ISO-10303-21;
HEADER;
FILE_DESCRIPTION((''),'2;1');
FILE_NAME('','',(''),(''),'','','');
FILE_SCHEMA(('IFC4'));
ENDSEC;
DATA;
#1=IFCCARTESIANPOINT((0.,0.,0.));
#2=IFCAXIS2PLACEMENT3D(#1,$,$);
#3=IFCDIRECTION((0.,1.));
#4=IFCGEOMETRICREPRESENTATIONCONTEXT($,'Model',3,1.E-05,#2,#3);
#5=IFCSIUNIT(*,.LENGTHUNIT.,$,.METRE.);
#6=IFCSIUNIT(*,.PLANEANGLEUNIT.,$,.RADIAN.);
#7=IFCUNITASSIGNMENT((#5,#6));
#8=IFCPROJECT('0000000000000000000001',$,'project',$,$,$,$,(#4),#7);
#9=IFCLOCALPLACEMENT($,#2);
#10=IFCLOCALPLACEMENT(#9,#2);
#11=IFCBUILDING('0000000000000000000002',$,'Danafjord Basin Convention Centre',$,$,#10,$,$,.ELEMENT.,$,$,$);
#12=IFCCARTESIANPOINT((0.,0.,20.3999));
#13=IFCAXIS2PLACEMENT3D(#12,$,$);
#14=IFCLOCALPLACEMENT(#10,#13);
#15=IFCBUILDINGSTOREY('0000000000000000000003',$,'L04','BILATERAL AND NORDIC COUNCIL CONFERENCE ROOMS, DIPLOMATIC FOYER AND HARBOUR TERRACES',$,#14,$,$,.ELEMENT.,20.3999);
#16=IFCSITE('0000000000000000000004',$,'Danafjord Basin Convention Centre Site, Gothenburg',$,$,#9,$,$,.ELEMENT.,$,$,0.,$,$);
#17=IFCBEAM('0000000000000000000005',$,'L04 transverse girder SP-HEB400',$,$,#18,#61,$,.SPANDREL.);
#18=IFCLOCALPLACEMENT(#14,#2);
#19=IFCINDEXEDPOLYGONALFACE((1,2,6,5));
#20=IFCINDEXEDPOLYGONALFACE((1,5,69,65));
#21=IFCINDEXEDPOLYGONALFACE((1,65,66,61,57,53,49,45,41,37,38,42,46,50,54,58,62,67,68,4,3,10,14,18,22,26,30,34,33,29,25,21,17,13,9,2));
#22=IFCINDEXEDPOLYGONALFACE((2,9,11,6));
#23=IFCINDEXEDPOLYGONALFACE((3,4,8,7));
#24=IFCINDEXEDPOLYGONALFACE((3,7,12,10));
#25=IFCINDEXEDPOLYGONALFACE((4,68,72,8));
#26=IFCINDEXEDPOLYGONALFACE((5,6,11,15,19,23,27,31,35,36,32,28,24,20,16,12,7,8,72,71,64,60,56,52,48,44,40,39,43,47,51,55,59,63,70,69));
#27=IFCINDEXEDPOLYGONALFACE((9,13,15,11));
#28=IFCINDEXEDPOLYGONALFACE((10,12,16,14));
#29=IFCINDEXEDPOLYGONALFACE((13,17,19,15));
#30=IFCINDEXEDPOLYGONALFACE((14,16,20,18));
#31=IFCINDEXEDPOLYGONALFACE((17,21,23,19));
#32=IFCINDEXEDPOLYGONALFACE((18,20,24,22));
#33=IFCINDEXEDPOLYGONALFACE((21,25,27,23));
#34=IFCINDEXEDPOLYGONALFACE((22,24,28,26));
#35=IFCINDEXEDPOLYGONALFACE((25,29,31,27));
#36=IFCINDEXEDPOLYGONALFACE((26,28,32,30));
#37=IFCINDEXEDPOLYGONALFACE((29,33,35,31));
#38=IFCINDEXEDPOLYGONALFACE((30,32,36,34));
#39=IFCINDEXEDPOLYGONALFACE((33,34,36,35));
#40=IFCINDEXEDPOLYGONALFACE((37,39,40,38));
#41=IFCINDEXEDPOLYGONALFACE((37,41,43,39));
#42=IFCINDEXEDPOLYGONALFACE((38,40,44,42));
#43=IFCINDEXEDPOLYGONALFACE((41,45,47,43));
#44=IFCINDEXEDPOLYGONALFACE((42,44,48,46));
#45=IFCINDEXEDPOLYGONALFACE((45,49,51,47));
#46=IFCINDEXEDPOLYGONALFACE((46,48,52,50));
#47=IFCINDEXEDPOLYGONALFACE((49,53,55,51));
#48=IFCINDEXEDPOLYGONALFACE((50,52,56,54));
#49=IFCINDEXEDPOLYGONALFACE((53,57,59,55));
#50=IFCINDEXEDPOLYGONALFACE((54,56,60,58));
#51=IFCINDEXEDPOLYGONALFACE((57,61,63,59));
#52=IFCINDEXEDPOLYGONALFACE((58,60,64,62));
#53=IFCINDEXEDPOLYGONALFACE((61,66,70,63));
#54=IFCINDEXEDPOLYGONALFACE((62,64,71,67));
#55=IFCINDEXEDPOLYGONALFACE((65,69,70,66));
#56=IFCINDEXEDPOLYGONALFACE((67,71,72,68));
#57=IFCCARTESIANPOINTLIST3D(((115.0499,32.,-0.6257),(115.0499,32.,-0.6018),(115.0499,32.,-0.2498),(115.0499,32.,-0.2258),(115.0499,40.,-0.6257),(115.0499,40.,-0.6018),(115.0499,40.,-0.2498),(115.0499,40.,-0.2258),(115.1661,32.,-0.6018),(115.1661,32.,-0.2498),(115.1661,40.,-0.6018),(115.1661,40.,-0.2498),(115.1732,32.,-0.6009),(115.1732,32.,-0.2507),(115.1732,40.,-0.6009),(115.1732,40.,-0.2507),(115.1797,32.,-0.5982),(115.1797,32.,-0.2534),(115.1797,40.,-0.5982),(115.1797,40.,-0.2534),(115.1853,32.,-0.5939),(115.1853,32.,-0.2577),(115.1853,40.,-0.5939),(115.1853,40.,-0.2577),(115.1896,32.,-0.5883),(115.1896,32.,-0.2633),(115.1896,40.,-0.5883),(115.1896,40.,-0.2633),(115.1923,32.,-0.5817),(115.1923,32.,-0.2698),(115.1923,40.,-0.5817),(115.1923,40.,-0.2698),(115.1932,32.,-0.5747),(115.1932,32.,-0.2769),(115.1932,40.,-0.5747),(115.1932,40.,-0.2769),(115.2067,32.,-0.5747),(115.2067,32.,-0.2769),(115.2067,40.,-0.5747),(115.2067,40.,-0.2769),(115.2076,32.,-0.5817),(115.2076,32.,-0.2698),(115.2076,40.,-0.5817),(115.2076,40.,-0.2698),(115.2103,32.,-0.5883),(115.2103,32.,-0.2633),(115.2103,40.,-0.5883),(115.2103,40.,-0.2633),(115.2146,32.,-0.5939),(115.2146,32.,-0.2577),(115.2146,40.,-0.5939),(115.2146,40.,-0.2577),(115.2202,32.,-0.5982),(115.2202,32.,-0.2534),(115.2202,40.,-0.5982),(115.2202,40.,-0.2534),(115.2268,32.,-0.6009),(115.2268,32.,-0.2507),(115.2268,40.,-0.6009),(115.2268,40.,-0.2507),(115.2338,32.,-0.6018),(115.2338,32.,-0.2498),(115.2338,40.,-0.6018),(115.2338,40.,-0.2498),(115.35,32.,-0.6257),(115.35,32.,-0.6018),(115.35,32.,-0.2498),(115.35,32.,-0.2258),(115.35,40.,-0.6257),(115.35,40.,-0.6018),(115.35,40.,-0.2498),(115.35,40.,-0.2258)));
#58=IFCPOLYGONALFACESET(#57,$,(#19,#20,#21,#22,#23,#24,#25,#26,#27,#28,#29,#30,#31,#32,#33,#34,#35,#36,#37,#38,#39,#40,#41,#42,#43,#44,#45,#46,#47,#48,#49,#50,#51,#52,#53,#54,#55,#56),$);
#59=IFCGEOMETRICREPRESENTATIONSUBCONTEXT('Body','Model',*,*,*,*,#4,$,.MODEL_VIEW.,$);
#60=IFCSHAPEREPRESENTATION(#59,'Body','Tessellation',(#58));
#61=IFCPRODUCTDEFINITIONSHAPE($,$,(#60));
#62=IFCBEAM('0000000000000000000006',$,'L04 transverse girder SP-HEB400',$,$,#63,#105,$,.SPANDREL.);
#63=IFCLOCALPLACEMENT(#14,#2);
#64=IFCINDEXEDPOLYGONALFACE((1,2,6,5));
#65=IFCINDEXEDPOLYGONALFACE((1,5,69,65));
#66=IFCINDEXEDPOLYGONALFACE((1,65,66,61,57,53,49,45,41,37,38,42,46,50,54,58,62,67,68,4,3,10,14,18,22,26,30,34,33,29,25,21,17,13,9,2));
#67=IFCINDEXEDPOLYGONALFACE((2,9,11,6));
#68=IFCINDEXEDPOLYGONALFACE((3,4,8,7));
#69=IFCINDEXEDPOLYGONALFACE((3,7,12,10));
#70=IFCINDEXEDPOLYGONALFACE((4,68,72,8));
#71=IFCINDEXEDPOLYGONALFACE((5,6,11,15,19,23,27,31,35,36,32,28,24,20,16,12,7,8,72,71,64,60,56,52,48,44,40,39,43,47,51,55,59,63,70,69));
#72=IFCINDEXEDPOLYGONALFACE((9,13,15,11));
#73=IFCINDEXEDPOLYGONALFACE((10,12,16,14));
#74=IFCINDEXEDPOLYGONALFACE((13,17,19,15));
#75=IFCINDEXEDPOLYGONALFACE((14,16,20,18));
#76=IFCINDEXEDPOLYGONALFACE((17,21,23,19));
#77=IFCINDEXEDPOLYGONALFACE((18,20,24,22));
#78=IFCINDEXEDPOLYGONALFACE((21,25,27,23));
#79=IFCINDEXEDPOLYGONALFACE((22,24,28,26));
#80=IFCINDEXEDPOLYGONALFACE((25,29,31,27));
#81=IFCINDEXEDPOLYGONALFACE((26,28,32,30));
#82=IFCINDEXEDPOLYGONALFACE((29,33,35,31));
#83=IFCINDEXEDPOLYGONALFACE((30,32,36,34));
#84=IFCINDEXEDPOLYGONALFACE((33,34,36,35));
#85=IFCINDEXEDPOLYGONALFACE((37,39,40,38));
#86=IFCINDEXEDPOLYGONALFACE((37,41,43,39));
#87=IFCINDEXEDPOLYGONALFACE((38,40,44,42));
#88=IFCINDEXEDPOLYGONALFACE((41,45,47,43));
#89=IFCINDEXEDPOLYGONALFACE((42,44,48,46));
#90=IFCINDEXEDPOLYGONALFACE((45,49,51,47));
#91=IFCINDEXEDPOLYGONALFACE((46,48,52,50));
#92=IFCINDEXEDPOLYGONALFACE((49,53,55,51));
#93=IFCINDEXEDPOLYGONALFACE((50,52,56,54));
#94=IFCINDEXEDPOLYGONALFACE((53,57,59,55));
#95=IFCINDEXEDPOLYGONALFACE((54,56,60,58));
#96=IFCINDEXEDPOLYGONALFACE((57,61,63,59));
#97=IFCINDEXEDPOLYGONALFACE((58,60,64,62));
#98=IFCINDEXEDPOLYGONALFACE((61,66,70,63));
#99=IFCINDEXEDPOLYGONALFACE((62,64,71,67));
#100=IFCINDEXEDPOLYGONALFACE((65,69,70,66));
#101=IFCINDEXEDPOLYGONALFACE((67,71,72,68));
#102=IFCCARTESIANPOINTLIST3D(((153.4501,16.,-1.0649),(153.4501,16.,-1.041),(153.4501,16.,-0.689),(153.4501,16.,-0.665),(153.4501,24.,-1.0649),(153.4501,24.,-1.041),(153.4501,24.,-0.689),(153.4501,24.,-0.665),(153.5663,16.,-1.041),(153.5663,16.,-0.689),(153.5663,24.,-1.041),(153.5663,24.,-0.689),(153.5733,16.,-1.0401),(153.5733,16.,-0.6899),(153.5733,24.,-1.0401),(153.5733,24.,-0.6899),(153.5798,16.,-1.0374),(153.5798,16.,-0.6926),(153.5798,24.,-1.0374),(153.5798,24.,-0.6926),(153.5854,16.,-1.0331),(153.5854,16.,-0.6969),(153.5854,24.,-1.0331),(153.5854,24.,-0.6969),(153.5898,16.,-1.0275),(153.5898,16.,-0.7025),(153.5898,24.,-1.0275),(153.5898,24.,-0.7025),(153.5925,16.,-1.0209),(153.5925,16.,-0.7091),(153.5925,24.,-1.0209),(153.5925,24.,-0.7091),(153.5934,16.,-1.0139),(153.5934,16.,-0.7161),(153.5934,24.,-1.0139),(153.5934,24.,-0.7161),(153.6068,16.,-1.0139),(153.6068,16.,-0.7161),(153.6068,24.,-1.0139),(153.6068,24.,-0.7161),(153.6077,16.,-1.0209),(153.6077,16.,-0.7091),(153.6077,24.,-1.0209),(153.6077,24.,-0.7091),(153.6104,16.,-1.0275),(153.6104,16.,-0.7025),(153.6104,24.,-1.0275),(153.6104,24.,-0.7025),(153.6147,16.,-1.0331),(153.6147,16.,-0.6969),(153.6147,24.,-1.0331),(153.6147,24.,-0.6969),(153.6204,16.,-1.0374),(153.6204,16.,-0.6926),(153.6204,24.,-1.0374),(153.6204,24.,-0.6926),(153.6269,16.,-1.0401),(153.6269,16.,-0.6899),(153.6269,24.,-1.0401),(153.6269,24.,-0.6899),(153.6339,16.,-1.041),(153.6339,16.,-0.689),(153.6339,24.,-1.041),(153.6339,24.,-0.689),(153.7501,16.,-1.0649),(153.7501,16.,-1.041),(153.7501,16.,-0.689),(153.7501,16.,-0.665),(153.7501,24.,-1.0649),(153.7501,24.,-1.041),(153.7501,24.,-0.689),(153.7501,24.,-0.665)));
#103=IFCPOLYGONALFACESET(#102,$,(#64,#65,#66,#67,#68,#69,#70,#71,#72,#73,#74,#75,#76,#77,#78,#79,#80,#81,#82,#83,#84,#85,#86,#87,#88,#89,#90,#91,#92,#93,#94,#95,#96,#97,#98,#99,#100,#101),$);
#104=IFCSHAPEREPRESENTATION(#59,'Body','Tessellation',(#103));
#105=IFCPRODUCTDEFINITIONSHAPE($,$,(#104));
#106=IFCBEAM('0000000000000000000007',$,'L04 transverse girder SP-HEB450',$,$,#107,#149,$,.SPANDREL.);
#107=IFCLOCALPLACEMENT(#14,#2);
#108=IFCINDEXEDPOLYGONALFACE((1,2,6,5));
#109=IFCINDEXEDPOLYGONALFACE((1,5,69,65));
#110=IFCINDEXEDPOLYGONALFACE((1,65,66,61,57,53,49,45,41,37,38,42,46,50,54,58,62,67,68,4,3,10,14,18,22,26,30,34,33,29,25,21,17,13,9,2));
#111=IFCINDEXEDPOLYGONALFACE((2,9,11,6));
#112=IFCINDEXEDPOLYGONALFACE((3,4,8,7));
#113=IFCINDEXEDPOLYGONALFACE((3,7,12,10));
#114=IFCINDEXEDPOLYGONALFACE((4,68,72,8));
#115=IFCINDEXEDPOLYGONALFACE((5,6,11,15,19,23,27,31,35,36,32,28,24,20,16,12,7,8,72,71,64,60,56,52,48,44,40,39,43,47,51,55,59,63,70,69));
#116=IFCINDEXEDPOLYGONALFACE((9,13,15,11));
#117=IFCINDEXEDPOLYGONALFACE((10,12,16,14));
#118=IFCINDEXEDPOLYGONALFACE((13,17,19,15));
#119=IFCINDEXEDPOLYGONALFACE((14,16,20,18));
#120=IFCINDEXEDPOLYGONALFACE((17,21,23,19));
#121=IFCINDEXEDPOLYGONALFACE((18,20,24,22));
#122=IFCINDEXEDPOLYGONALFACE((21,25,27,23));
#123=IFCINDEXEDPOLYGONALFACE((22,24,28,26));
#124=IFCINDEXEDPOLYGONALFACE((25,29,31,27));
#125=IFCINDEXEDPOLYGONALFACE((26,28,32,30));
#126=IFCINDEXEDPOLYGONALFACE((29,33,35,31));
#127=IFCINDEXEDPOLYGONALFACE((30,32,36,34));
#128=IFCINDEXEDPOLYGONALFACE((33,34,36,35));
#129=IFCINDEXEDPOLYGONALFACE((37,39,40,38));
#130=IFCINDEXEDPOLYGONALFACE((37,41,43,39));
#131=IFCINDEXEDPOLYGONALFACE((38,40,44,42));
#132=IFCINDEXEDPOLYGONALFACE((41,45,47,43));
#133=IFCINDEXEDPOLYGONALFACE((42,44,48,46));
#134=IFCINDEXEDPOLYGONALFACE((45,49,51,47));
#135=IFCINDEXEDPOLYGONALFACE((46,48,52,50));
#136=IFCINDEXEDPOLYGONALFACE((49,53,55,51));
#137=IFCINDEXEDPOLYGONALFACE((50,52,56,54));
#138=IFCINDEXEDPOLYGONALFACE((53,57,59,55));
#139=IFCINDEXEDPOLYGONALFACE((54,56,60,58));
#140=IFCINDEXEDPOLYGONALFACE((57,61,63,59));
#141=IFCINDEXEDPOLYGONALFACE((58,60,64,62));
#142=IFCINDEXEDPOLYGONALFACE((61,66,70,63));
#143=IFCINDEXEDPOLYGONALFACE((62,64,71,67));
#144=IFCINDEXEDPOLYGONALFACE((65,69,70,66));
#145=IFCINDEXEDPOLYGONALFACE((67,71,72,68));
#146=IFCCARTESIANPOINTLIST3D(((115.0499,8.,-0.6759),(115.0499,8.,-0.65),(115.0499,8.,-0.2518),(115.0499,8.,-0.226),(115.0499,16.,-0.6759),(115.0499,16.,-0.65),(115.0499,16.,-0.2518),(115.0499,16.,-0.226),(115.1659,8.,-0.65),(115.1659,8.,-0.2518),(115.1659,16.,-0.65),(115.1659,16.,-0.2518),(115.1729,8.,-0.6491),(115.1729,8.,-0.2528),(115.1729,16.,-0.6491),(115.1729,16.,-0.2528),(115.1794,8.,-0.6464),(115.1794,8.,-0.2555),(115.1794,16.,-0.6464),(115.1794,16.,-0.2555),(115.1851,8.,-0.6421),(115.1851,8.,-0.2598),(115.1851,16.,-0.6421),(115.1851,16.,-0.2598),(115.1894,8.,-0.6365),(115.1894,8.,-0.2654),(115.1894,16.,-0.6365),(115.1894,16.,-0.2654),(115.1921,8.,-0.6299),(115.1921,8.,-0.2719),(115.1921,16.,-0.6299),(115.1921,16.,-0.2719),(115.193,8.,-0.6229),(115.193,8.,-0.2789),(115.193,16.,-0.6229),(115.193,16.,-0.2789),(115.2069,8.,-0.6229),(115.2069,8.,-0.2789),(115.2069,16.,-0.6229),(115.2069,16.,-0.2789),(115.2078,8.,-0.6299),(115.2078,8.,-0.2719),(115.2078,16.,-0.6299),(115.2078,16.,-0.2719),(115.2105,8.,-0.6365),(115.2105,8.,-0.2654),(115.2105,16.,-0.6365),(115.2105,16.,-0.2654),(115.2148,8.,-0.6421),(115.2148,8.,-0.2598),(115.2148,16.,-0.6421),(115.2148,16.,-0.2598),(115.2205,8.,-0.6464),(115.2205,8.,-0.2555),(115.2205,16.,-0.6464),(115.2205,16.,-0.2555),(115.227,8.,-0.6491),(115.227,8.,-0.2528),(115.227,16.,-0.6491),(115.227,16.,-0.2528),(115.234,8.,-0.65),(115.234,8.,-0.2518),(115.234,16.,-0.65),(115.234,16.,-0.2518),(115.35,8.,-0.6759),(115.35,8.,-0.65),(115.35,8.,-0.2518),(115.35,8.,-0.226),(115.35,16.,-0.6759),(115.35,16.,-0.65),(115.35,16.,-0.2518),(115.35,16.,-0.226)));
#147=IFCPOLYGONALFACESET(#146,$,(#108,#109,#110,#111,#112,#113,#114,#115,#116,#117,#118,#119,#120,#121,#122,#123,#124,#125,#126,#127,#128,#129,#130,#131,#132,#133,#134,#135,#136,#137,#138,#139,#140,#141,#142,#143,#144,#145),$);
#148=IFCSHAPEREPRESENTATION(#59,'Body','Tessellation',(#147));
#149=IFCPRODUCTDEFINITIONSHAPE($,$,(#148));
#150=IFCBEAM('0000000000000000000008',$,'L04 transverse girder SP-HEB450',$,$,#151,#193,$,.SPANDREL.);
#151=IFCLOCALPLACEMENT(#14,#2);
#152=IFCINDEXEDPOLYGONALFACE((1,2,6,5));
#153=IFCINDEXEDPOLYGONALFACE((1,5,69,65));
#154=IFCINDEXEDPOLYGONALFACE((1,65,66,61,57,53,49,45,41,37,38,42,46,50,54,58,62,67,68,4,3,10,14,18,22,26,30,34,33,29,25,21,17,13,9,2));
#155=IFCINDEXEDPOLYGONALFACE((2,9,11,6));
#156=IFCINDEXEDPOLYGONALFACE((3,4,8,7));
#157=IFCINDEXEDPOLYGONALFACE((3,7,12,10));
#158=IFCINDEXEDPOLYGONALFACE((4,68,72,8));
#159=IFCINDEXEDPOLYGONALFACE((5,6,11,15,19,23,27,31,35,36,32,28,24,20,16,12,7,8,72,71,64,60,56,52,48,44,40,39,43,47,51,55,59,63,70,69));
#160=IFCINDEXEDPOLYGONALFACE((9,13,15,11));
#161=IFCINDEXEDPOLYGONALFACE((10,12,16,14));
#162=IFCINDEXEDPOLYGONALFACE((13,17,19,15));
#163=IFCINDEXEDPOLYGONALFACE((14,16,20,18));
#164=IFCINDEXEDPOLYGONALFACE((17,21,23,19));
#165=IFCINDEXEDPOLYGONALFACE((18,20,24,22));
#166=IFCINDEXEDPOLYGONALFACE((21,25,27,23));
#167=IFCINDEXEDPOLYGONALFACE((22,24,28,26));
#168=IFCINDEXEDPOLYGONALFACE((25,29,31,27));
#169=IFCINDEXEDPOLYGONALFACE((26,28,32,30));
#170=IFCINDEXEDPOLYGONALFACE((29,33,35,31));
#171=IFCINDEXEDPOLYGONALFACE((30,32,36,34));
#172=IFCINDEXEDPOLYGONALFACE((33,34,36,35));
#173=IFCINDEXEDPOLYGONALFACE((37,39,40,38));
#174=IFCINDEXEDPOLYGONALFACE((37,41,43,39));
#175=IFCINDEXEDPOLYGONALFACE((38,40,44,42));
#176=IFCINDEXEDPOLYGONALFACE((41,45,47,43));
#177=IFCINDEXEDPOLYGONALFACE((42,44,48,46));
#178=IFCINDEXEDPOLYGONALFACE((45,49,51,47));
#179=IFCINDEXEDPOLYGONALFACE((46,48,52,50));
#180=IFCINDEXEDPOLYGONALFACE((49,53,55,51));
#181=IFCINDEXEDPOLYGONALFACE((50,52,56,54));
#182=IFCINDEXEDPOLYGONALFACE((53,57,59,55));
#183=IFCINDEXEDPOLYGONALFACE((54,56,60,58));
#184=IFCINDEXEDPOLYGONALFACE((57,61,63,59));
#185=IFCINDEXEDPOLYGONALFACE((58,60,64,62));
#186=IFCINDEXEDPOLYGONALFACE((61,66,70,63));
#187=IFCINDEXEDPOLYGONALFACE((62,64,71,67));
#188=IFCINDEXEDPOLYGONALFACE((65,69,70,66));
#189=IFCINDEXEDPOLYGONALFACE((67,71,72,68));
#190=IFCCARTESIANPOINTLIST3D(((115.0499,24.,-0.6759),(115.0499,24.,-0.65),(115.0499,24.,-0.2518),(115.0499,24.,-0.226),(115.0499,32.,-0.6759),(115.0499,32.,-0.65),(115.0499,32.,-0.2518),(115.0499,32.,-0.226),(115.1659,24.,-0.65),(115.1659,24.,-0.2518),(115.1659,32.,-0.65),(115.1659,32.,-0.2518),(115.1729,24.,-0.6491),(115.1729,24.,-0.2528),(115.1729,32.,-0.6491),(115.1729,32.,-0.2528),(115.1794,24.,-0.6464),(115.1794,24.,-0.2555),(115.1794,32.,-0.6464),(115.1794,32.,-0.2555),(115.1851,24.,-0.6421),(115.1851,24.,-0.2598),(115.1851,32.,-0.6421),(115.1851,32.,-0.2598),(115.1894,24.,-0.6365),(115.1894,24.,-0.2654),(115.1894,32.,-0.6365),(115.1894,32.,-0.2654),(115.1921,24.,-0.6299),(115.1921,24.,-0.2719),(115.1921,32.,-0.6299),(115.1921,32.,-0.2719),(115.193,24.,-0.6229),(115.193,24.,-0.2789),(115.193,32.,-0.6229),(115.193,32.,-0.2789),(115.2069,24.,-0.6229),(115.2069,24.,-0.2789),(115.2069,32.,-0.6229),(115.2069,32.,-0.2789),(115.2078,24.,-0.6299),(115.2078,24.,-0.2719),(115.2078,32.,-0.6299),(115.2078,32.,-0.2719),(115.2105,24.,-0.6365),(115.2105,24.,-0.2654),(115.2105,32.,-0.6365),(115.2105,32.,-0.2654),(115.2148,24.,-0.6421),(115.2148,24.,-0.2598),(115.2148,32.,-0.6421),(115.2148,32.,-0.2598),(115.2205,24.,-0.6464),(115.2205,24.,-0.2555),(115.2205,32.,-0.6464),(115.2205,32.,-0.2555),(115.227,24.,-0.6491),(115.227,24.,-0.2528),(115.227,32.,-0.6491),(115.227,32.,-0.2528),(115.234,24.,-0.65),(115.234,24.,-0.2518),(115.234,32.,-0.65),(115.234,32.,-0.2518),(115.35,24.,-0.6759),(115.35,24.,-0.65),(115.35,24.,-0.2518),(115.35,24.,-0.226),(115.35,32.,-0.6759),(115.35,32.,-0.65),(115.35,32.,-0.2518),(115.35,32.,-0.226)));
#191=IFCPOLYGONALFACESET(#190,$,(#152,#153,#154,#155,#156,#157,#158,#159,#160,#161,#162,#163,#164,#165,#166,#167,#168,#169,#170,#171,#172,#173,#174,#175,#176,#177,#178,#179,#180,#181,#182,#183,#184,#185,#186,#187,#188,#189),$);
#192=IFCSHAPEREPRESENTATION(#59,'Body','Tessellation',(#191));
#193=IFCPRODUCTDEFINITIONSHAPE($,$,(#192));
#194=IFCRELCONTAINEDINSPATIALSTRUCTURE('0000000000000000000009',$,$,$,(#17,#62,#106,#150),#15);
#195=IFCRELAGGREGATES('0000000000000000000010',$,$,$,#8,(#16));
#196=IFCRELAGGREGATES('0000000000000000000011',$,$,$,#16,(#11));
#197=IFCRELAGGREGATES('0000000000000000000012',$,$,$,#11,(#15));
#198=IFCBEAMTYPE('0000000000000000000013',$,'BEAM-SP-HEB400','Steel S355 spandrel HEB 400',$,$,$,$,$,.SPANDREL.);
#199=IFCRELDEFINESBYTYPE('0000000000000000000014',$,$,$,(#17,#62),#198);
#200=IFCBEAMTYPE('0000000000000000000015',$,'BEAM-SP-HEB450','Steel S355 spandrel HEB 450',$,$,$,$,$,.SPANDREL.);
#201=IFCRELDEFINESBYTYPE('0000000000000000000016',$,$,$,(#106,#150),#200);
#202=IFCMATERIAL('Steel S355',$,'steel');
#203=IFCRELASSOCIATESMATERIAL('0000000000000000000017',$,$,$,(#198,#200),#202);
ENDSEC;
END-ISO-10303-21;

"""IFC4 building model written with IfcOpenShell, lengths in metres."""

from ifc_helpers import new_model, si_unit, direction, frame, origin, origin_2d, place, context, subcontext, project, spatial, i_section, extrude, material, material_profile, profile_set, type_object, element, save


model = new_model("IFC4")

# Units and contexts
model_context = context("Model", 3, precision=1e-05, world=origin(), true_north=direction((0.0, 1.0)))
body_context = subcontext(model_context, "Body", "Model", "MODEL_VIEW")
ifc_project = project(units=[si_unit("LENGTHUNIT", "METRE"), si_unit("PLANEANGLEUNIT", "RADIAN")], contexts=[model_context])

# Site, building, storey
site_placement = place(None, origin())
site = spatial("IfcSite", under=ifc_project, at=site_placement, Name="Danafjord Basin Convention Centre Site, Gothenburg", CompositionType="ELEMENT", RefElevation=0.0)
building_placement = place(site_placement, origin())
building = spatial("IfcBuilding", under=site, at=building_placement, Name="Danafjord Basin Convention Centre", CompositionType="ELEMENT")
storey_placement = place(building_placement, frame((0.0, 0.0, 20.3999)))
storey = spatial("IfcBuildingStorey", under=building, at=storey_placement, Name="L04", Description="BILATERAL AND NORDIC COUNCIL CONFERENCE ROOMS, DIPLOMATIC FOYER AND HARBOUR TERRACES", CompositionType="ELEMENT", Elevation=20.3999)

# Beams
ifc_material_1 = material(Name="Steel S355", Category="steel")
ifc_material_profile_1 = material_profile(ifc_material_1, i_section(OverallWidth=0.3, OverallDepth=0.3999, WebThickness=0.0134, FlangeThickness=0.0239, FilletRadius=0.0271, at=origin_2d()), Name="HEB 400")
ifc_profile_set_1 = profile_set([ifc_material_profile_1], Name="Steel S355")
beam_type_1 = type_object("IfcBeamType", Name="BEAM-SP-HEB400", Description="Steel S355 spandrel HEB 400", PredefinedType="SPANDREL", material=ifc_profile_set_1)
for number, where, z_axis, x_axis, name in (
    (1, (115.2, 32.0, -0.4258), (0.0, 1.0, 0.0), (-1.0, 0.0, 0.0), "L04 transverse girder SP-HEB400"),
    (2, (153.6001, 16.0, -0.865), (0.0, 1.0, 0.0), (-1.0, 0.0, 0.0), "L04 transverse girder SP-HEB400"),
):
    element("IfcBeam", number, at=place(storey_placement, frame(where, z_axis=z_axis, x_axis=x_axis)), inside=storey, type_object=beam_type_1, Name=name, PredefinedType="SPANDREL", context=body_context, shape_type="SweptSolid", body=[
        extrude(i_section(OverallWidth=0.3, OverallDepth=0.3999, WebThickness=0.0134, FlangeThickness=0.0239, FilletRadius=0.0271, at=origin_2d()), origin(), (0.0, 0.0, 1.0), 8.0),
    ])
ifc_material_profile_2 = material_profile(ifc_material_1, i_section(OverallWidth=0.3, OverallDepth=0.45, WebThickness=0.0139, FlangeThickness=0.0259, FilletRadius=0.0271, at=origin_2d()), Name="HEB 450")
ifc_profile_set_2 = profile_set([ifc_material_profile_2], Name="Steel S355")
beam_type_2 = type_object("IfcBeamType", Name="BEAM-SP-HEB450", Description="Steel S355 spandrel HEB 450", PredefinedType="SPANDREL", material=ifc_profile_set_2)
for number, where, z_axis, x_axis, name in (
    (3, (115.2, 8.0, -0.4509), (0.0, 1.0, 0.0), (-1.0, 0.0, 0.0), "L04 transverse girder SP-HEB450"),
    (4, (115.2, 24.0, -0.4509), (0.0, 1.0, 0.0), (-1.0, 0.0, 0.0), "L04 transverse girder SP-HEB450"),
):
    element("IfcBeam", number, at=place(storey_placement, frame(where, z_axis=z_axis, x_axis=x_axis)), inside=storey, type_object=beam_type_2, Name=name, PredefinedType="SPANDREL", context=body_context, shape_type="SweptSolid", body=[
        extrude(i_section(OverallWidth=0.3, OverallDepth=0.45, WebThickness=0.0139, FlangeThickness=0.0259, FilletRadius=0.0271, at=origin_2d()), origin(), (0.0, 0.0, 1.0), 8.0),
    ])

save(model, "model.ifc")
